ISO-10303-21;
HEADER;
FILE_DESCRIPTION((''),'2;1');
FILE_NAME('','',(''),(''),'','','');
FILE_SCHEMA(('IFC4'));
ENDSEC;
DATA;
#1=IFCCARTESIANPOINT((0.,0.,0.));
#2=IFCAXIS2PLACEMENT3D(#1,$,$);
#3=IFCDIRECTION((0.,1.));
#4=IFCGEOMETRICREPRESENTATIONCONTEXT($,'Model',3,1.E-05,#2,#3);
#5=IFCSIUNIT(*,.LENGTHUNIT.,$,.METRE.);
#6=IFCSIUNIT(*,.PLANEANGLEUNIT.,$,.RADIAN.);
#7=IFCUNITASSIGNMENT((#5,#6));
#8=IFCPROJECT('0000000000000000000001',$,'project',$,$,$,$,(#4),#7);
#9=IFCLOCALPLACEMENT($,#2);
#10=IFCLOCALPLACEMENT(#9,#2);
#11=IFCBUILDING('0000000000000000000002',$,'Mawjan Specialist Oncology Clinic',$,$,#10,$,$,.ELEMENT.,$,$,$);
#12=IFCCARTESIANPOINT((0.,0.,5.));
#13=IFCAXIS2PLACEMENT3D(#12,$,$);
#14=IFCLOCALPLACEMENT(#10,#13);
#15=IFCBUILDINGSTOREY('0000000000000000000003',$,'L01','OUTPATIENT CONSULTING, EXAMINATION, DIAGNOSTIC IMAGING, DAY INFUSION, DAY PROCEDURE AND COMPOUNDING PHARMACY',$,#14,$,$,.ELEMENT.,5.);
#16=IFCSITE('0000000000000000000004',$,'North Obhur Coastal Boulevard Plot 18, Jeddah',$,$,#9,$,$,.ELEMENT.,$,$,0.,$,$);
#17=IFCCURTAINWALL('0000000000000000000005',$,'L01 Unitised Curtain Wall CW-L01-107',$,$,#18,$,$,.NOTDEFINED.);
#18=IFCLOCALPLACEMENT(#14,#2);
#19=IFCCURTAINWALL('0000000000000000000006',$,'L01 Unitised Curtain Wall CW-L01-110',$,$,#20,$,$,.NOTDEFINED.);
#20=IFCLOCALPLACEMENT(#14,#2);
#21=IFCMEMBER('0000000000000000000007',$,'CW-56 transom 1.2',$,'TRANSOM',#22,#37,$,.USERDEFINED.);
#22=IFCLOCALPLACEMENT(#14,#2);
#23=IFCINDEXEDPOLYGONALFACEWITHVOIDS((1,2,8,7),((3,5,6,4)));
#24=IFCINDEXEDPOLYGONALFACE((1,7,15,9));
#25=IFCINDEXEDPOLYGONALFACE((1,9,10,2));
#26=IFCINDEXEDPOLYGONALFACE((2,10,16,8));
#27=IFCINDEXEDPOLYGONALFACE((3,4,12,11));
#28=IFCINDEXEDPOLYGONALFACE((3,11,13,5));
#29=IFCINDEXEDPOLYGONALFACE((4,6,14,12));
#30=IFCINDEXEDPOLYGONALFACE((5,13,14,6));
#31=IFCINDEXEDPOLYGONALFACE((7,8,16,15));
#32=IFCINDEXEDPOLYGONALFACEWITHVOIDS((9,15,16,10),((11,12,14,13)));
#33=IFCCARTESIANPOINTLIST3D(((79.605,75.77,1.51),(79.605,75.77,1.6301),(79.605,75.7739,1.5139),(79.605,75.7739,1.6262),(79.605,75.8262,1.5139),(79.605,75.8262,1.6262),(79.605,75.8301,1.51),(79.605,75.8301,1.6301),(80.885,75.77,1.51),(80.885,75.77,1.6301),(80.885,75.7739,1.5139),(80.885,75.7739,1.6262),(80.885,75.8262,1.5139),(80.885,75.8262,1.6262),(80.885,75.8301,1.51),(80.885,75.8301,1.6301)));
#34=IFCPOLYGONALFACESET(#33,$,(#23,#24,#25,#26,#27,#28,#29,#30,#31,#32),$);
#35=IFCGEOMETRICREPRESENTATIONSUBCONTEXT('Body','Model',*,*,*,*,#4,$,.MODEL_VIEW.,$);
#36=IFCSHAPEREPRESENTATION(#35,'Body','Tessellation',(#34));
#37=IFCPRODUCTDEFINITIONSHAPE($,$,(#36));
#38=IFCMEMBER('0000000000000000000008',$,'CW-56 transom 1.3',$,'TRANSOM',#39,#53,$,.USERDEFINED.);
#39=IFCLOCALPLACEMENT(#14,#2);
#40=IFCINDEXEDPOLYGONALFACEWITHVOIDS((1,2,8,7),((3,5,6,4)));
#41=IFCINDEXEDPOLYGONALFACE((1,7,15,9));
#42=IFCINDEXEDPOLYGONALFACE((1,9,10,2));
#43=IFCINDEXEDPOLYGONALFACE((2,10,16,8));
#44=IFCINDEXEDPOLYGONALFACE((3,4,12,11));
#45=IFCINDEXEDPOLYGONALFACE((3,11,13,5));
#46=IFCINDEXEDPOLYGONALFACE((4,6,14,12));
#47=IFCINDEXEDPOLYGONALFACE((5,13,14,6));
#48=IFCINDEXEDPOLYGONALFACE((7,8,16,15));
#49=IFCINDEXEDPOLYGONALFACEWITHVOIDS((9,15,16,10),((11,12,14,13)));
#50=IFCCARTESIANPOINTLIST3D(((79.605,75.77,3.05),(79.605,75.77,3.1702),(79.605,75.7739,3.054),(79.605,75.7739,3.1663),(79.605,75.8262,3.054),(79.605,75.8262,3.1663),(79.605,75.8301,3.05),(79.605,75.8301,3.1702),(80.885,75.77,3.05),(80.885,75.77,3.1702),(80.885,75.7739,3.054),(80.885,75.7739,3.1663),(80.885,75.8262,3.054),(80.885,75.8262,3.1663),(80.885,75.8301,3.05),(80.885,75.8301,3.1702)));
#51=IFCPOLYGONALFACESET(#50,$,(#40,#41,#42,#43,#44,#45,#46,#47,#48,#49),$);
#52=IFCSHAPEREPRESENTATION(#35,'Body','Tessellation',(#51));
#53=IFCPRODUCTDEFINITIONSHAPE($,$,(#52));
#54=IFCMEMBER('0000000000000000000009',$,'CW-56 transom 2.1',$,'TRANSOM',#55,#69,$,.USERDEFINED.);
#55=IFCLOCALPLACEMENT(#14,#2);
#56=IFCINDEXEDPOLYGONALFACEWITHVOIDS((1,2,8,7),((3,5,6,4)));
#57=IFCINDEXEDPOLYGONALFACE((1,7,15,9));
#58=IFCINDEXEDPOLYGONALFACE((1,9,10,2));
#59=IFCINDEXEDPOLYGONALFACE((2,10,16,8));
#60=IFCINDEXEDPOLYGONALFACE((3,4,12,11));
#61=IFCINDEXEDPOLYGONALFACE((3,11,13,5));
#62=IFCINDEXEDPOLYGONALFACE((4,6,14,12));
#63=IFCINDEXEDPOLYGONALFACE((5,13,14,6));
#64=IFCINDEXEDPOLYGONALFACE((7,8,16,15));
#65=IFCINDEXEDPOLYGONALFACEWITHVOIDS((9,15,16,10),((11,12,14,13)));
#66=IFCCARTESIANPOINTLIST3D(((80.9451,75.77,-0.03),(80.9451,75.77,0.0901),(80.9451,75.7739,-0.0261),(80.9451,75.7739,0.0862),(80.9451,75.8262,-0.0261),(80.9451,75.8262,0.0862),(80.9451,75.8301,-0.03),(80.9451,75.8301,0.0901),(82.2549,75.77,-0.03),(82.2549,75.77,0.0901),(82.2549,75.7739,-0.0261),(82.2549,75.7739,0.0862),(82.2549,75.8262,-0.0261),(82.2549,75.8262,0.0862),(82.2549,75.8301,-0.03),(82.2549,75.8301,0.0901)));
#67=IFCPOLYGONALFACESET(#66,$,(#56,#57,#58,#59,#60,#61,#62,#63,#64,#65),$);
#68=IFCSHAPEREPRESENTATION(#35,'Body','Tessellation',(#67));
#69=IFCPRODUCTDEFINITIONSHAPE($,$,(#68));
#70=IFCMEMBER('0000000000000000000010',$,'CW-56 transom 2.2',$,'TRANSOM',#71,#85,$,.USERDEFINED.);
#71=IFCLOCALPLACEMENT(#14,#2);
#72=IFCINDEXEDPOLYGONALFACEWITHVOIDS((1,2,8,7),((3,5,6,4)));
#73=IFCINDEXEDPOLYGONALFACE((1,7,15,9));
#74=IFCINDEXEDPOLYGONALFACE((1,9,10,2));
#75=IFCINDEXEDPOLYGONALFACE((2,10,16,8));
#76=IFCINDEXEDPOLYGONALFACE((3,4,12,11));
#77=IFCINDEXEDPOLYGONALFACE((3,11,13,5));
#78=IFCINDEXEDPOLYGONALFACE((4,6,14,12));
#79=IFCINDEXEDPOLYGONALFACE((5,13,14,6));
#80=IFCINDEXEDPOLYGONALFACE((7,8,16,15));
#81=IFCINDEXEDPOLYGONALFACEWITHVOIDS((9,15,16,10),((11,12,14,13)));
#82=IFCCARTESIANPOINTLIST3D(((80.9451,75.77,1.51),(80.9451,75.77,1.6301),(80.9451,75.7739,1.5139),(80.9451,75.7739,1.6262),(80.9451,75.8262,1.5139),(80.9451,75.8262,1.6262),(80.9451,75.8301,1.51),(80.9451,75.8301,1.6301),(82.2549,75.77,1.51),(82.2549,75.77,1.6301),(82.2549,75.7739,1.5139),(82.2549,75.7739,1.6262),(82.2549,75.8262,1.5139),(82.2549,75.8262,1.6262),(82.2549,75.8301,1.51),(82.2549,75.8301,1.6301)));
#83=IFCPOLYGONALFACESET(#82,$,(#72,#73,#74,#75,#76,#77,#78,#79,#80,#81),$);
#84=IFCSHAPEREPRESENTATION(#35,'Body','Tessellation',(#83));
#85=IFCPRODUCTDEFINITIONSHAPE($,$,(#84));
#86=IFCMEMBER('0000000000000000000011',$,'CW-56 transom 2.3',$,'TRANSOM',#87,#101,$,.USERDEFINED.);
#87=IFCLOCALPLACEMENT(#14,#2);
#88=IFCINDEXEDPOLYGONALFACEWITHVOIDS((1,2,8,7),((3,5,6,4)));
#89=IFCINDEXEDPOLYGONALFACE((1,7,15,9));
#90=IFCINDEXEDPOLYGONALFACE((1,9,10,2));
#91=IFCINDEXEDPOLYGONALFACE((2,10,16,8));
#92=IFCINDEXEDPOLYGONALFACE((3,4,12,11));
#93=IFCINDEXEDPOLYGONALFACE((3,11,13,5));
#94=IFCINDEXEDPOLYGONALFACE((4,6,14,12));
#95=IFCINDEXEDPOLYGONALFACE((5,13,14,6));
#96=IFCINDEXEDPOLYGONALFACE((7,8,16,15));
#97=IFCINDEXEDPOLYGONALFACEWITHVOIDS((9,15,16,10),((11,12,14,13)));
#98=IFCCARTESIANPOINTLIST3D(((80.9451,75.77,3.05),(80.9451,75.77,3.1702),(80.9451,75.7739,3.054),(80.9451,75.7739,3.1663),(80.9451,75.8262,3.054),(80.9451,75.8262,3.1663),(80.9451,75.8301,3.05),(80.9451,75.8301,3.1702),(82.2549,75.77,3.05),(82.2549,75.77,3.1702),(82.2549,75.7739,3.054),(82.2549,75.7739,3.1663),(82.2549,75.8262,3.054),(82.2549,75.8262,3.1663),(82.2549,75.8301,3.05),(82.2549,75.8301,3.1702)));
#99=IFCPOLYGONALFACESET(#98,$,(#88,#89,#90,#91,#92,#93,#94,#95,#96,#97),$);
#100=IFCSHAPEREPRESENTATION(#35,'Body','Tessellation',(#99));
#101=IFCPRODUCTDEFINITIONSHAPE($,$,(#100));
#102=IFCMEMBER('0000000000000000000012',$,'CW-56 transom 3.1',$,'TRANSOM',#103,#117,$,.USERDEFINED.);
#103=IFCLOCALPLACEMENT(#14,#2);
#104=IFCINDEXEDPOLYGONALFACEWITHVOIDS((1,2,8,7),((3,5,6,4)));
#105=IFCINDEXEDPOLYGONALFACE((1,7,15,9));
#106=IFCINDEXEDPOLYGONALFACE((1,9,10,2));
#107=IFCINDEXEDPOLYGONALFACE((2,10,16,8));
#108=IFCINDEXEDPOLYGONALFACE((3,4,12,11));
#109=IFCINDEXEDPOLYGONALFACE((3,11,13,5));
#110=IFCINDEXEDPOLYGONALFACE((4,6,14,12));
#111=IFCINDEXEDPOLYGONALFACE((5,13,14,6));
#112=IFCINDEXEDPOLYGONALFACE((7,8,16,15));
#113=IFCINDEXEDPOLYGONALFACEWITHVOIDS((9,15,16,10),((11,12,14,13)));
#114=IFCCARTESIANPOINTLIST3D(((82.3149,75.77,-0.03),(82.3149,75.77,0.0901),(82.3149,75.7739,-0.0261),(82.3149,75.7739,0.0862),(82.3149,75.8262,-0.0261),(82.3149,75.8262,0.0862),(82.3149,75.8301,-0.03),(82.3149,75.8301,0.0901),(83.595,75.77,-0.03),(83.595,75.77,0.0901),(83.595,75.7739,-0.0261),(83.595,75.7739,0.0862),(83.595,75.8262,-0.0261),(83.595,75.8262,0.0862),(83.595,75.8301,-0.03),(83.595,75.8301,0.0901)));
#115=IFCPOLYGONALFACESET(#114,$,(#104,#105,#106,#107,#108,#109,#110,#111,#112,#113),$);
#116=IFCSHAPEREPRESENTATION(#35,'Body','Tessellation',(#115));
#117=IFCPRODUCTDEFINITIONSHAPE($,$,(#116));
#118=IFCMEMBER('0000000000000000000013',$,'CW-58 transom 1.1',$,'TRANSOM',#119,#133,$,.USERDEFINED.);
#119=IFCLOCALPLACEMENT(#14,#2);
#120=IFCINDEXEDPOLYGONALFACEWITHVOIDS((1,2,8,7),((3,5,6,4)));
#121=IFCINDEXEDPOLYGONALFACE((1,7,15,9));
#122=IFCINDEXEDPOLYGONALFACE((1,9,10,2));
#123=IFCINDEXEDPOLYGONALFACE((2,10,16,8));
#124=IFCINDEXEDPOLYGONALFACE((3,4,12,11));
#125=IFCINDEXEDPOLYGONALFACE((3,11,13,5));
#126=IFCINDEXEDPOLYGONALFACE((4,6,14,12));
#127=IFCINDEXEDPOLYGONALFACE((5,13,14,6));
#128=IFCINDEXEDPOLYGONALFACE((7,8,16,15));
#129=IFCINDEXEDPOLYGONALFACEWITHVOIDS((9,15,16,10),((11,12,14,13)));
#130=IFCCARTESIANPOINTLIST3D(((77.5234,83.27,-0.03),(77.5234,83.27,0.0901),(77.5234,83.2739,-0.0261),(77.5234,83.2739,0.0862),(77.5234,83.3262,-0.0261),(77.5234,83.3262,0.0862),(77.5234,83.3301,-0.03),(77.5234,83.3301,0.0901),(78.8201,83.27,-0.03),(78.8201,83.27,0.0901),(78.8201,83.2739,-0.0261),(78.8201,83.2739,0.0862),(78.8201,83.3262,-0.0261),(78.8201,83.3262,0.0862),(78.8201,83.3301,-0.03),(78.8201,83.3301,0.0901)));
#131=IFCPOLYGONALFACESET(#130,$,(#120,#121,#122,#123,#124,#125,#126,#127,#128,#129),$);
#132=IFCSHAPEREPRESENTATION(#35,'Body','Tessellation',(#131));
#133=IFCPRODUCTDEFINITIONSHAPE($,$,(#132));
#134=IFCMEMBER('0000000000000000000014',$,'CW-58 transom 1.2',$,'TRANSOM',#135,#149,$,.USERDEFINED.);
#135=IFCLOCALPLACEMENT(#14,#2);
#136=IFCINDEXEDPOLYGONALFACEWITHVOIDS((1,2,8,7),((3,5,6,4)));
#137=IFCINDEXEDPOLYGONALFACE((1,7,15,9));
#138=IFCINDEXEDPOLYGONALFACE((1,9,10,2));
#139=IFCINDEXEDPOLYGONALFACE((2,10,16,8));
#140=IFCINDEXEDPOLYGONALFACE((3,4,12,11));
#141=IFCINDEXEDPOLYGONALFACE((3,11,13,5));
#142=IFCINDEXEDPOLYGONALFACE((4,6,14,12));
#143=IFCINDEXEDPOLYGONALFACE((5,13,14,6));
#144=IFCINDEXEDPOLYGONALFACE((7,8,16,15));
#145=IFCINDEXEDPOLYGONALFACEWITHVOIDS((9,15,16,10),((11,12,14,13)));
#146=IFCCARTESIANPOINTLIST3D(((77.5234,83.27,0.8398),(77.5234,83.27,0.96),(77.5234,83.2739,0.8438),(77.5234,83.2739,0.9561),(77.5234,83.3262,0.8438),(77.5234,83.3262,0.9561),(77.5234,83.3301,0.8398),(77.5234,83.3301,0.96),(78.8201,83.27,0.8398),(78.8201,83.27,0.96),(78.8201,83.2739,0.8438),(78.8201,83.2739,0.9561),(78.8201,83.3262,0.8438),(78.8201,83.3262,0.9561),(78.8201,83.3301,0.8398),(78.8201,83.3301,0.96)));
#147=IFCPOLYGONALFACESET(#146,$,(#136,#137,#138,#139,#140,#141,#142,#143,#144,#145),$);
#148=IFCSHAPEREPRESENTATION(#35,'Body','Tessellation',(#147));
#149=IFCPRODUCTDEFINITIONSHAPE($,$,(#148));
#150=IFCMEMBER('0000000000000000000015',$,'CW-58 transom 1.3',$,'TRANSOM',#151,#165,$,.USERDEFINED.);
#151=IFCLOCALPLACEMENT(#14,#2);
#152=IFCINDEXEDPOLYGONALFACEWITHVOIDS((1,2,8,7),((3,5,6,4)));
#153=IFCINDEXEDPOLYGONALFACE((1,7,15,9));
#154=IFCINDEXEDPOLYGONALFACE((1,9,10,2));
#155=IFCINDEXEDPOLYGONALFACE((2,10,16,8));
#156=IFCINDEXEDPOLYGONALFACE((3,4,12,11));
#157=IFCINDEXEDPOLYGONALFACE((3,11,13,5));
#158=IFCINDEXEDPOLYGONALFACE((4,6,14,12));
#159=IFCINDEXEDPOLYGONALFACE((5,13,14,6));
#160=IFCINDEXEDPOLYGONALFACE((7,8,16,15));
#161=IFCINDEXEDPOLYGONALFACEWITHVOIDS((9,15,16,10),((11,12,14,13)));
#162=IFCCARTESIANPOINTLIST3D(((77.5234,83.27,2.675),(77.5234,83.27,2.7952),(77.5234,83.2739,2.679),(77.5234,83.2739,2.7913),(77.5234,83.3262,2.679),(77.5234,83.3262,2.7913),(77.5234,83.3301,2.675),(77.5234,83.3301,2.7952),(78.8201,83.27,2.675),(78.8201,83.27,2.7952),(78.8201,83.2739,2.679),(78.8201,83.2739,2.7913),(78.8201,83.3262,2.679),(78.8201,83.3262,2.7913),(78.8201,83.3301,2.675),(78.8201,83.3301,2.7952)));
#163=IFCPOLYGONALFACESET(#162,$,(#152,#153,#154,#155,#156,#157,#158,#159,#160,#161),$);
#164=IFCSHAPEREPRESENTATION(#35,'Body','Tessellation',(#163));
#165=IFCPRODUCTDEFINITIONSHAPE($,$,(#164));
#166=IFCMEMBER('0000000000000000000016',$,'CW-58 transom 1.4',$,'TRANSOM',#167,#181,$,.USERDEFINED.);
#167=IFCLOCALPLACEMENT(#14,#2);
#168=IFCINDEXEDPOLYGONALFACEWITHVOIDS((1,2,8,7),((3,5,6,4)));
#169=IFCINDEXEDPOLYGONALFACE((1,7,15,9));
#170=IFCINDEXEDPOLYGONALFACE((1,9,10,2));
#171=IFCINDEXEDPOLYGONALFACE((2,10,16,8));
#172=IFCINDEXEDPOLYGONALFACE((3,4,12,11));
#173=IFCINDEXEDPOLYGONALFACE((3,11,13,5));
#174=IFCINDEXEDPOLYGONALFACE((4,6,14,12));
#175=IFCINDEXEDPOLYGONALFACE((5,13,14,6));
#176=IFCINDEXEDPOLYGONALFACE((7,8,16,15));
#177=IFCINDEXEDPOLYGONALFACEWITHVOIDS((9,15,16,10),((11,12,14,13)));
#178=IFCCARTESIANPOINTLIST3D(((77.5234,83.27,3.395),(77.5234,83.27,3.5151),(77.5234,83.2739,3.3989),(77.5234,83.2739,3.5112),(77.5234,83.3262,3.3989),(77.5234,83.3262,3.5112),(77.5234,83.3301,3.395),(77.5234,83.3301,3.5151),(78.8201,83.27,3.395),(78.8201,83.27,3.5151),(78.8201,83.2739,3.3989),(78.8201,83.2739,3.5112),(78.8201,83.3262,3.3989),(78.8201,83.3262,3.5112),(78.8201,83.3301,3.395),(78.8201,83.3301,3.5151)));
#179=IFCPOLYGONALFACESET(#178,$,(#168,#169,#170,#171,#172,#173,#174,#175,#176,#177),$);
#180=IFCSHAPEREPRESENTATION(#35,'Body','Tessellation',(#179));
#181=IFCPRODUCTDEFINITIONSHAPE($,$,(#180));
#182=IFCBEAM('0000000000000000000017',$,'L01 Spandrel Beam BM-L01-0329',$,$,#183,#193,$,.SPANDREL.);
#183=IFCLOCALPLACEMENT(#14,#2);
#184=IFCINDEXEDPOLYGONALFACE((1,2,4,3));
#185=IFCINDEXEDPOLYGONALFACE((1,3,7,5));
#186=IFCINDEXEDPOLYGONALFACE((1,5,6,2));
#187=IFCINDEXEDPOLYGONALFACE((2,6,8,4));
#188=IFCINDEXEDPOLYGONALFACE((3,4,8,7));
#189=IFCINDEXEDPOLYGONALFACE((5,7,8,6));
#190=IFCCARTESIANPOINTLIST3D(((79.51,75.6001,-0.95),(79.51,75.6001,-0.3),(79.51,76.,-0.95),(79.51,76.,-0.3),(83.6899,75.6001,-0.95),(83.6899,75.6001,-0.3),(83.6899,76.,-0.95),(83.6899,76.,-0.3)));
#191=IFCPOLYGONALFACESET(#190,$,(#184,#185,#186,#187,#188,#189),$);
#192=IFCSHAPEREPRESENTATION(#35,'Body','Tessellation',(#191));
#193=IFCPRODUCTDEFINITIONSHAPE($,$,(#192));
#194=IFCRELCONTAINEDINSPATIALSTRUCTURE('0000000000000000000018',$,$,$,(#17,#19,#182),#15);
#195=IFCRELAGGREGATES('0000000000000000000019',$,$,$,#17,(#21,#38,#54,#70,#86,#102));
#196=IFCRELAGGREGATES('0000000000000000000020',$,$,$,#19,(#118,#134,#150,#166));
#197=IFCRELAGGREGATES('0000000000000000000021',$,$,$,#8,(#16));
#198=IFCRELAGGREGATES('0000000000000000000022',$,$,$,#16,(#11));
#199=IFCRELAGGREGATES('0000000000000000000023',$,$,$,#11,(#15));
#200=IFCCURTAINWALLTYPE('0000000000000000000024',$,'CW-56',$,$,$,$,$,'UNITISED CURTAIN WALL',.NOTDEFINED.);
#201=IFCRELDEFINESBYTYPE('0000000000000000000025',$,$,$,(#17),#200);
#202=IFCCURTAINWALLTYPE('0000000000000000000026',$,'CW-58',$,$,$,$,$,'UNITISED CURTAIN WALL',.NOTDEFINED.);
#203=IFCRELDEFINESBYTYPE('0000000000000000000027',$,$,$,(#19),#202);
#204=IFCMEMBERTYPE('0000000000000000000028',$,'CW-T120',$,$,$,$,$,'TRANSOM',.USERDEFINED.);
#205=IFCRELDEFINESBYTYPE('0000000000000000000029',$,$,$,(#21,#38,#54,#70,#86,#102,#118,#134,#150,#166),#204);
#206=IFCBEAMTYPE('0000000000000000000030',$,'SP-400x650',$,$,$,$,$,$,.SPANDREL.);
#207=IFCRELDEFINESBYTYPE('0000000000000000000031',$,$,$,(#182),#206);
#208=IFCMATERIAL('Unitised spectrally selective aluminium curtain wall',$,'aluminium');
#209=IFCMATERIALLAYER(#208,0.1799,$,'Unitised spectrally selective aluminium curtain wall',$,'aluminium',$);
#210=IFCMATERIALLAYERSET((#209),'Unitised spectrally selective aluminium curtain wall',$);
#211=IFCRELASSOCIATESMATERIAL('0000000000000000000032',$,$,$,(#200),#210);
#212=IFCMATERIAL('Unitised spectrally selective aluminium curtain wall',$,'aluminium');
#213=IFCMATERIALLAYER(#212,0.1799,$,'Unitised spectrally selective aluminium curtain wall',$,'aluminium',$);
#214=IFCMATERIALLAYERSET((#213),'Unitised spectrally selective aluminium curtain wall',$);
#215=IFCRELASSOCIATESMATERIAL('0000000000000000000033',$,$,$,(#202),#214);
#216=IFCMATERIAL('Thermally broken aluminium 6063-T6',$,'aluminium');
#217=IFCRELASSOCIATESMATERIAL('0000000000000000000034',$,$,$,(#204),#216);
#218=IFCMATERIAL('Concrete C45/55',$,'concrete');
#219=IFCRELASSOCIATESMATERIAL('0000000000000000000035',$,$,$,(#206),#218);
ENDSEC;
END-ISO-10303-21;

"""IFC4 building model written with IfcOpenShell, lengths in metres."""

from ifc_helpers import new_model, si_unit, direction, frame, origin, origin_2d, place, context, subcontext, project, spatial, rectangle, hollow_rectangle, extrude, material, layer, layer_set, material_profile, profile_set, type_object, element, aggregate, save


model = new_model("IFC4")

# Units and contexts
model_context = context("Model", 3, precision=1e-05, world=origin(), true_north=direction((0.0, 1.0)))
body_context = subcontext(model_context, "Body", "Model", "MODEL_VIEW")
ifc_project = project(units=[si_unit("LENGTHUNIT", "METRE"), si_unit("PLANEANGLEUNIT", "RADIAN")], contexts=[model_context])

# Site, building, storey
site_placement = place(None, origin())
site = spatial("IfcSite", under=ifc_project, at=site_placement, Name="North Obhur Coastal Boulevard Plot 18, Jeddah", CompositionType="ELEMENT", RefElevation=0.0)
building_placement = place(site_placement, origin())
building = spatial("IfcBuilding", under=site, at=building_placement, Name="Mawjan Specialist Oncology Clinic", CompositionType="ELEMENT")
storey_placement = place(building_placement, frame((0.0, 0.0, 5.0)))
storey = spatial("IfcBuildingStorey", under=building, at=storey_placement, Name="L01", Description="OUTPATIENT CONSULTING, EXAMINATION, DIAGNOSTIC IMAGING, DAY INFUSION, DAY PROCEDURE AND COMPOUNDING PHARMACY", CompositionType="ELEMENT", Elevation=5.0)

# Shared definitions
ifc_material_1 = material(Name="Unitised spectrally selective aluminium curtain wall", Category="aluminium")
ifc_layer_1 = layer(ifc_material_1, 0.1799, Name="Unitised spectrally selective aluminium curtain wall", Category="aluminium")
ifc_layer_set_1 = layer_set([ifc_layer_1], Name="Unitised spectrally selective aluminium curtain wall")
curtain_wall_type_1 = type_object("IfcCurtainWallType", Name="CW-56", ElementType="UNITISED CURTAIN WALL", PredefinedType="NOTDEFINED", material=ifc_layer_set_1)

# Curtain wall
curtain_wall_1_placement = place(storey_placement, origin())
curtain_wall_1 = element("IfcCurtainWall", 1, at=curtain_wall_1_placement, inside=storey, type_object=curtain_wall_type_1, Name="L01 Unitised Curtain Wall CW-L01-107", PredefinedType="NOTDEFINED")

# Curtain wall
ifc_material_2 = material(Name="Unitised spectrally selective aluminium curtain wall", Category="aluminium")
ifc_layer_2 = layer(ifc_material_2, 0.1799, Name="Unitised spectrally selective aluminium curtain wall", Category="aluminium")
ifc_layer_set_2 = layer_set([ifc_layer_2], Name="Unitised spectrally selective aluminium curtain wall")
curtain_wall_type_2 = type_object("IfcCurtainWallType", Name="CW-58", ElementType="UNITISED CURTAIN WALL", PredefinedType="NOTDEFINED", material=ifc_layer_set_2)
curtain_wall_2_placement = place(storey_placement, origin())
curtain_wall_2 = element("IfcCurtainWall", 2, at=curtain_wall_2_placement, inside=storey, type_object=curtain_wall_type_2, Name="L01 Unitised Curtain Wall CW-L01-110", PredefinedType="NOTDEFINED")

# Members
ifc_material_3 = material(Name="Thermally broken aluminium 6063-T6", Category="aluminium")
ifc_material_profile_1 = material_profile(ifc_material_3, hollow_rectangle(XDim=0.0601, YDim=0.1201, WallThickness=0.0039, at=origin_2d()), Name="ALU TRANSOM 120x60x4", Category="aluminium")
ifc_profile_set_1 = profile_set([ifc_material_profile_1], Name="Thermally broken aluminium 6063-T6")
member_type_1 = type_object("IfcMemberType", Name="CW-T120", ElementType="TRANSOM", PredefinedType="USERDEFINED", material=ifc_profile_set_1)
member_1_placement = place(storey_placement, frame((79.605, 75.8, 1.5701), z_axis=(1.0, 0.0, 0.0), x_axis=(0.0, 1.0, 0.0)))
member_1 = element("IfcMember", 3, at=member_1_placement, type_object=member_type_1, Name="CW-56 transom 1.2", ObjectType="TRANSOM", PredefinedType="USERDEFINED", context=body_context, shape_type="SweptSolid", body=[
    extrude(hollow_rectangle(XDim=0.0601, YDim=0.1201, WallThickness=0.0039, at=origin_2d()), origin(), (0.0, 0.0, 1.0), 1.28),
])
member_2_placement = place(storey_placement, frame((79.605, 75.8, 3.1101), z_axis=(1.0, 0.0, 0.0), x_axis=(0.0, 1.0, 0.0)))
member_2 = element("IfcMember", 4, at=member_2_placement, type_object=member_type_1, Name="CW-56 transom 1.3", ObjectType="TRANSOM", PredefinedType="USERDEFINED", context=body_context, shape_type="SweptSolid", body=[
    extrude(hollow_rectangle(XDim=0.0601, YDim=0.1201, WallThickness=0.0039, at=origin_2d()), origin(), (0.0, 0.0, 1.0), 1.28),
])
member_3_placement = place(storey_placement, frame((80.9451, 75.8, 0.03), z_axis=(1.0, 0.0, 0.0), x_axis=(0.0, 1.0, 0.0)))
member_3 = element("IfcMember", 5, at=member_3_placement, type_object=member_type_1, Name="CW-56 transom 2.1", ObjectType="TRANSOM", PredefinedType="USERDEFINED", context=body_context, shape_type="SweptSolid", body=[
    extrude(hollow_rectangle(XDim=0.0601, YDim=0.1201, WallThickness=0.0039, at=origin_2d()), origin(), (0.0, 0.0, 1.0), 1.3098),
])
member_4_placement = place(storey_placement, frame((80.9451, 75.8, 1.5701), z_axis=(1.0, 0.0, 0.0), x_axis=(0.0, 1.0, 0.0)))
member_4 = element("IfcMember", 6, at=member_4_placement, type_object=member_type_1, Name="CW-56 transom 2.2", ObjectType="TRANSOM", PredefinedType="USERDEFINED", context=body_context, shape_type="SweptSolid", body=[
    extrude(hollow_rectangle(XDim=0.0601, YDim=0.1201, WallThickness=0.0039, at=origin_2d()), origin(), (0.0, 0.0, 1.0), 1.3098),
])
member_5_placement = place(storey_placement, frame((80.9451, 75.8, 3.1101), z_axis=(1.0, 0.0, 0.0), x_axis=(0.0, 1.0, 0.0)))
member_5 = element("IfcMember", 7, at=member_5_placement, type_object=member_type_1, Name="CW-56 transom 2.3", ObjectType="TRANSOM", PredefinedType="USERDEFINED", context=body_context, shape_type="SweptSolid", body=[
    extrude(hollow_rectangle(XDim=0.0601, YDim=0.1201, WallThickness=0.0039, at=origin_2d()), origin(), (0.0, 0.0, 1.0), 1.3098),
])
member_6_placement = place(storey_placement, frame((82.3149, 75.8, 0.03), z_axis=(1.0, 0.0, 0.0), x_axis=(0.0, 1.0, 0.0)))
member_6 = element("IfcMember", 8, at=member_6_placement, type_object=member_type_1, Name="CW-56 transom 3.1", ObjectType="TRANSOM", PredefinedType="USERDEFINED", context=body_context, shape_type="SweptSolid", body=[
    extrude(hollow_rectangle(XDim=0.0601, YDim=0.1201, WallThickness=0.0039, at=origin_2d()), origin(), (0.0, 0.0, 1.0), 1.28),
])
member_7_placement = place(storey_placement, frame((78.8201, 83.3, 0.03), z_axis=(-1.0, 0.0, 0.0), x_axis=(0.0, -1.0, 0.0)))
member_7 = element("IfcMember", 9, at=member_7_placement, type_object=member_type_1, Name="CW-58 transom 1.1", ObjectType="TRANSOM", PredefinedType="USERDEFINED", context=body_context, shape_type="SweptSolid", body=[
    extrude(hollow_rectangle(XDim=0.0601, YDim=0.1201, WallThickness=0.0039, at=origin_2d()), origin(), (0.0, 0.0, 1.0), 1.2966),
])
member_8_placement = place(storey_placement, frame((78.8201, 83.3, 0.8999), z_axis=(-1.0, 0.0, 0.0), x_axis=(0.0, -1.0, 0.0)))
member_8 = element("IfcMember", 10, at=member_8_placement, type_object=member_type_1, Name="CW-58 transom 1.2", ObjectType="TRANSOM", PredefinedType="USERDEFINED", context=body_context, shape_type="SweptSolid", body=[
    extrude(hollow_rectangle(XDim=0.0601, YDim=0.1201, WallThickness=0.0039, at=origin_2d()), origin(), (0.0, 0.0, 1.0), 1.2966),
])
member_9_placement = place(storey_placement, frame((78.8201, 83.3, 2.7351), z_axis=(-1.0, 0.0, 0.0), x_axis=(0.0, -1.0, 0.0)))
member_9 = element("IfcMember", 11, at=member_9_placement, type_object=member_type_1, Name="CW-58 transom 1.3", ObjectType="TRANSOM", PredefinedType="USERDEFINED", context=body_context, shape_type="SweptSolid", body=[
    extrude(hollow_rectangle(XDim=0.0601, YDim=0.1201, WallThickness=0.0039, at=origin_2d()), origin(), (0.0, 0.0, 1.0), 1.2966),
])
member_10_placement = place(storey_placement, frame((78.8201, 83.3, 3.4551), z_axis=(-1.0, 0.0, 0.0), x_axis=(0.0, -1.0, 0.0)))
member_10 = element("IfcMember", 12, at=member_10_placement, type_object=member_type_1, Name="CW-58 transom 1.4", ObjectType="TRANSOM", PredefinedType="USERDEFINED", context=body_context, shape_type="SweptSolid", body=[
    extrude(hollow_rectangle(XDim=0.0601, YDim=0.1201, WallThickness=0.0039, at=origin_2d()), origin(), (0.0, 0.0, 1.0), 1.2966),
])

# Beam
ifc_material_4 = material(Name="Concrete C45/55", Category="concrete")
ifc_material_profile_2 = material_profile(ifc_material_4, rectangle(XDim=0.3999, YDim=0.6499, at=origin_2d()), Name="RC BM 400x650", Category="concrete")
ifc_profile_set_2 = profile_set([ifc_material_profile_2], Name="Concrete C45/55")
beam_type = type_object("IfcBeamType", Name="SP-400x650", PredefinedType="SPANDREL", material=ifc_profile_set_2)
for number, where, z_axis, x_axis, name in (
    (13, (79.51, 75.8, -0.625), (1.0, 0.0, 0.0), (0.0, 1.0, 0.0), "L01 Spandrel Beam BM-L01-0329"),
):
    element("IfcBeam", number, at=place(storey_placement, frame(where, z_axis=z_axis, x_axis=x_axis)), inside=storey, type_object=beam_type, Name=name, PredefinedType="SPANDREL", context=body_context, shape_type="SweptSolid", body=[
        extrude(rectangle(XDim=0.3999, YDim=0.6499, at=origin_2d()), origin(), (0.0, 0.0, 1.0), 4.1799),
    ])

aggregate(curtain_wall_1, [member_1, member_2, member_3, member_4, member_5, member_6])
aggregate(curtain_wall_2, [member_7, member_8, member_9, member_10])

save(model, "model.ifc")
